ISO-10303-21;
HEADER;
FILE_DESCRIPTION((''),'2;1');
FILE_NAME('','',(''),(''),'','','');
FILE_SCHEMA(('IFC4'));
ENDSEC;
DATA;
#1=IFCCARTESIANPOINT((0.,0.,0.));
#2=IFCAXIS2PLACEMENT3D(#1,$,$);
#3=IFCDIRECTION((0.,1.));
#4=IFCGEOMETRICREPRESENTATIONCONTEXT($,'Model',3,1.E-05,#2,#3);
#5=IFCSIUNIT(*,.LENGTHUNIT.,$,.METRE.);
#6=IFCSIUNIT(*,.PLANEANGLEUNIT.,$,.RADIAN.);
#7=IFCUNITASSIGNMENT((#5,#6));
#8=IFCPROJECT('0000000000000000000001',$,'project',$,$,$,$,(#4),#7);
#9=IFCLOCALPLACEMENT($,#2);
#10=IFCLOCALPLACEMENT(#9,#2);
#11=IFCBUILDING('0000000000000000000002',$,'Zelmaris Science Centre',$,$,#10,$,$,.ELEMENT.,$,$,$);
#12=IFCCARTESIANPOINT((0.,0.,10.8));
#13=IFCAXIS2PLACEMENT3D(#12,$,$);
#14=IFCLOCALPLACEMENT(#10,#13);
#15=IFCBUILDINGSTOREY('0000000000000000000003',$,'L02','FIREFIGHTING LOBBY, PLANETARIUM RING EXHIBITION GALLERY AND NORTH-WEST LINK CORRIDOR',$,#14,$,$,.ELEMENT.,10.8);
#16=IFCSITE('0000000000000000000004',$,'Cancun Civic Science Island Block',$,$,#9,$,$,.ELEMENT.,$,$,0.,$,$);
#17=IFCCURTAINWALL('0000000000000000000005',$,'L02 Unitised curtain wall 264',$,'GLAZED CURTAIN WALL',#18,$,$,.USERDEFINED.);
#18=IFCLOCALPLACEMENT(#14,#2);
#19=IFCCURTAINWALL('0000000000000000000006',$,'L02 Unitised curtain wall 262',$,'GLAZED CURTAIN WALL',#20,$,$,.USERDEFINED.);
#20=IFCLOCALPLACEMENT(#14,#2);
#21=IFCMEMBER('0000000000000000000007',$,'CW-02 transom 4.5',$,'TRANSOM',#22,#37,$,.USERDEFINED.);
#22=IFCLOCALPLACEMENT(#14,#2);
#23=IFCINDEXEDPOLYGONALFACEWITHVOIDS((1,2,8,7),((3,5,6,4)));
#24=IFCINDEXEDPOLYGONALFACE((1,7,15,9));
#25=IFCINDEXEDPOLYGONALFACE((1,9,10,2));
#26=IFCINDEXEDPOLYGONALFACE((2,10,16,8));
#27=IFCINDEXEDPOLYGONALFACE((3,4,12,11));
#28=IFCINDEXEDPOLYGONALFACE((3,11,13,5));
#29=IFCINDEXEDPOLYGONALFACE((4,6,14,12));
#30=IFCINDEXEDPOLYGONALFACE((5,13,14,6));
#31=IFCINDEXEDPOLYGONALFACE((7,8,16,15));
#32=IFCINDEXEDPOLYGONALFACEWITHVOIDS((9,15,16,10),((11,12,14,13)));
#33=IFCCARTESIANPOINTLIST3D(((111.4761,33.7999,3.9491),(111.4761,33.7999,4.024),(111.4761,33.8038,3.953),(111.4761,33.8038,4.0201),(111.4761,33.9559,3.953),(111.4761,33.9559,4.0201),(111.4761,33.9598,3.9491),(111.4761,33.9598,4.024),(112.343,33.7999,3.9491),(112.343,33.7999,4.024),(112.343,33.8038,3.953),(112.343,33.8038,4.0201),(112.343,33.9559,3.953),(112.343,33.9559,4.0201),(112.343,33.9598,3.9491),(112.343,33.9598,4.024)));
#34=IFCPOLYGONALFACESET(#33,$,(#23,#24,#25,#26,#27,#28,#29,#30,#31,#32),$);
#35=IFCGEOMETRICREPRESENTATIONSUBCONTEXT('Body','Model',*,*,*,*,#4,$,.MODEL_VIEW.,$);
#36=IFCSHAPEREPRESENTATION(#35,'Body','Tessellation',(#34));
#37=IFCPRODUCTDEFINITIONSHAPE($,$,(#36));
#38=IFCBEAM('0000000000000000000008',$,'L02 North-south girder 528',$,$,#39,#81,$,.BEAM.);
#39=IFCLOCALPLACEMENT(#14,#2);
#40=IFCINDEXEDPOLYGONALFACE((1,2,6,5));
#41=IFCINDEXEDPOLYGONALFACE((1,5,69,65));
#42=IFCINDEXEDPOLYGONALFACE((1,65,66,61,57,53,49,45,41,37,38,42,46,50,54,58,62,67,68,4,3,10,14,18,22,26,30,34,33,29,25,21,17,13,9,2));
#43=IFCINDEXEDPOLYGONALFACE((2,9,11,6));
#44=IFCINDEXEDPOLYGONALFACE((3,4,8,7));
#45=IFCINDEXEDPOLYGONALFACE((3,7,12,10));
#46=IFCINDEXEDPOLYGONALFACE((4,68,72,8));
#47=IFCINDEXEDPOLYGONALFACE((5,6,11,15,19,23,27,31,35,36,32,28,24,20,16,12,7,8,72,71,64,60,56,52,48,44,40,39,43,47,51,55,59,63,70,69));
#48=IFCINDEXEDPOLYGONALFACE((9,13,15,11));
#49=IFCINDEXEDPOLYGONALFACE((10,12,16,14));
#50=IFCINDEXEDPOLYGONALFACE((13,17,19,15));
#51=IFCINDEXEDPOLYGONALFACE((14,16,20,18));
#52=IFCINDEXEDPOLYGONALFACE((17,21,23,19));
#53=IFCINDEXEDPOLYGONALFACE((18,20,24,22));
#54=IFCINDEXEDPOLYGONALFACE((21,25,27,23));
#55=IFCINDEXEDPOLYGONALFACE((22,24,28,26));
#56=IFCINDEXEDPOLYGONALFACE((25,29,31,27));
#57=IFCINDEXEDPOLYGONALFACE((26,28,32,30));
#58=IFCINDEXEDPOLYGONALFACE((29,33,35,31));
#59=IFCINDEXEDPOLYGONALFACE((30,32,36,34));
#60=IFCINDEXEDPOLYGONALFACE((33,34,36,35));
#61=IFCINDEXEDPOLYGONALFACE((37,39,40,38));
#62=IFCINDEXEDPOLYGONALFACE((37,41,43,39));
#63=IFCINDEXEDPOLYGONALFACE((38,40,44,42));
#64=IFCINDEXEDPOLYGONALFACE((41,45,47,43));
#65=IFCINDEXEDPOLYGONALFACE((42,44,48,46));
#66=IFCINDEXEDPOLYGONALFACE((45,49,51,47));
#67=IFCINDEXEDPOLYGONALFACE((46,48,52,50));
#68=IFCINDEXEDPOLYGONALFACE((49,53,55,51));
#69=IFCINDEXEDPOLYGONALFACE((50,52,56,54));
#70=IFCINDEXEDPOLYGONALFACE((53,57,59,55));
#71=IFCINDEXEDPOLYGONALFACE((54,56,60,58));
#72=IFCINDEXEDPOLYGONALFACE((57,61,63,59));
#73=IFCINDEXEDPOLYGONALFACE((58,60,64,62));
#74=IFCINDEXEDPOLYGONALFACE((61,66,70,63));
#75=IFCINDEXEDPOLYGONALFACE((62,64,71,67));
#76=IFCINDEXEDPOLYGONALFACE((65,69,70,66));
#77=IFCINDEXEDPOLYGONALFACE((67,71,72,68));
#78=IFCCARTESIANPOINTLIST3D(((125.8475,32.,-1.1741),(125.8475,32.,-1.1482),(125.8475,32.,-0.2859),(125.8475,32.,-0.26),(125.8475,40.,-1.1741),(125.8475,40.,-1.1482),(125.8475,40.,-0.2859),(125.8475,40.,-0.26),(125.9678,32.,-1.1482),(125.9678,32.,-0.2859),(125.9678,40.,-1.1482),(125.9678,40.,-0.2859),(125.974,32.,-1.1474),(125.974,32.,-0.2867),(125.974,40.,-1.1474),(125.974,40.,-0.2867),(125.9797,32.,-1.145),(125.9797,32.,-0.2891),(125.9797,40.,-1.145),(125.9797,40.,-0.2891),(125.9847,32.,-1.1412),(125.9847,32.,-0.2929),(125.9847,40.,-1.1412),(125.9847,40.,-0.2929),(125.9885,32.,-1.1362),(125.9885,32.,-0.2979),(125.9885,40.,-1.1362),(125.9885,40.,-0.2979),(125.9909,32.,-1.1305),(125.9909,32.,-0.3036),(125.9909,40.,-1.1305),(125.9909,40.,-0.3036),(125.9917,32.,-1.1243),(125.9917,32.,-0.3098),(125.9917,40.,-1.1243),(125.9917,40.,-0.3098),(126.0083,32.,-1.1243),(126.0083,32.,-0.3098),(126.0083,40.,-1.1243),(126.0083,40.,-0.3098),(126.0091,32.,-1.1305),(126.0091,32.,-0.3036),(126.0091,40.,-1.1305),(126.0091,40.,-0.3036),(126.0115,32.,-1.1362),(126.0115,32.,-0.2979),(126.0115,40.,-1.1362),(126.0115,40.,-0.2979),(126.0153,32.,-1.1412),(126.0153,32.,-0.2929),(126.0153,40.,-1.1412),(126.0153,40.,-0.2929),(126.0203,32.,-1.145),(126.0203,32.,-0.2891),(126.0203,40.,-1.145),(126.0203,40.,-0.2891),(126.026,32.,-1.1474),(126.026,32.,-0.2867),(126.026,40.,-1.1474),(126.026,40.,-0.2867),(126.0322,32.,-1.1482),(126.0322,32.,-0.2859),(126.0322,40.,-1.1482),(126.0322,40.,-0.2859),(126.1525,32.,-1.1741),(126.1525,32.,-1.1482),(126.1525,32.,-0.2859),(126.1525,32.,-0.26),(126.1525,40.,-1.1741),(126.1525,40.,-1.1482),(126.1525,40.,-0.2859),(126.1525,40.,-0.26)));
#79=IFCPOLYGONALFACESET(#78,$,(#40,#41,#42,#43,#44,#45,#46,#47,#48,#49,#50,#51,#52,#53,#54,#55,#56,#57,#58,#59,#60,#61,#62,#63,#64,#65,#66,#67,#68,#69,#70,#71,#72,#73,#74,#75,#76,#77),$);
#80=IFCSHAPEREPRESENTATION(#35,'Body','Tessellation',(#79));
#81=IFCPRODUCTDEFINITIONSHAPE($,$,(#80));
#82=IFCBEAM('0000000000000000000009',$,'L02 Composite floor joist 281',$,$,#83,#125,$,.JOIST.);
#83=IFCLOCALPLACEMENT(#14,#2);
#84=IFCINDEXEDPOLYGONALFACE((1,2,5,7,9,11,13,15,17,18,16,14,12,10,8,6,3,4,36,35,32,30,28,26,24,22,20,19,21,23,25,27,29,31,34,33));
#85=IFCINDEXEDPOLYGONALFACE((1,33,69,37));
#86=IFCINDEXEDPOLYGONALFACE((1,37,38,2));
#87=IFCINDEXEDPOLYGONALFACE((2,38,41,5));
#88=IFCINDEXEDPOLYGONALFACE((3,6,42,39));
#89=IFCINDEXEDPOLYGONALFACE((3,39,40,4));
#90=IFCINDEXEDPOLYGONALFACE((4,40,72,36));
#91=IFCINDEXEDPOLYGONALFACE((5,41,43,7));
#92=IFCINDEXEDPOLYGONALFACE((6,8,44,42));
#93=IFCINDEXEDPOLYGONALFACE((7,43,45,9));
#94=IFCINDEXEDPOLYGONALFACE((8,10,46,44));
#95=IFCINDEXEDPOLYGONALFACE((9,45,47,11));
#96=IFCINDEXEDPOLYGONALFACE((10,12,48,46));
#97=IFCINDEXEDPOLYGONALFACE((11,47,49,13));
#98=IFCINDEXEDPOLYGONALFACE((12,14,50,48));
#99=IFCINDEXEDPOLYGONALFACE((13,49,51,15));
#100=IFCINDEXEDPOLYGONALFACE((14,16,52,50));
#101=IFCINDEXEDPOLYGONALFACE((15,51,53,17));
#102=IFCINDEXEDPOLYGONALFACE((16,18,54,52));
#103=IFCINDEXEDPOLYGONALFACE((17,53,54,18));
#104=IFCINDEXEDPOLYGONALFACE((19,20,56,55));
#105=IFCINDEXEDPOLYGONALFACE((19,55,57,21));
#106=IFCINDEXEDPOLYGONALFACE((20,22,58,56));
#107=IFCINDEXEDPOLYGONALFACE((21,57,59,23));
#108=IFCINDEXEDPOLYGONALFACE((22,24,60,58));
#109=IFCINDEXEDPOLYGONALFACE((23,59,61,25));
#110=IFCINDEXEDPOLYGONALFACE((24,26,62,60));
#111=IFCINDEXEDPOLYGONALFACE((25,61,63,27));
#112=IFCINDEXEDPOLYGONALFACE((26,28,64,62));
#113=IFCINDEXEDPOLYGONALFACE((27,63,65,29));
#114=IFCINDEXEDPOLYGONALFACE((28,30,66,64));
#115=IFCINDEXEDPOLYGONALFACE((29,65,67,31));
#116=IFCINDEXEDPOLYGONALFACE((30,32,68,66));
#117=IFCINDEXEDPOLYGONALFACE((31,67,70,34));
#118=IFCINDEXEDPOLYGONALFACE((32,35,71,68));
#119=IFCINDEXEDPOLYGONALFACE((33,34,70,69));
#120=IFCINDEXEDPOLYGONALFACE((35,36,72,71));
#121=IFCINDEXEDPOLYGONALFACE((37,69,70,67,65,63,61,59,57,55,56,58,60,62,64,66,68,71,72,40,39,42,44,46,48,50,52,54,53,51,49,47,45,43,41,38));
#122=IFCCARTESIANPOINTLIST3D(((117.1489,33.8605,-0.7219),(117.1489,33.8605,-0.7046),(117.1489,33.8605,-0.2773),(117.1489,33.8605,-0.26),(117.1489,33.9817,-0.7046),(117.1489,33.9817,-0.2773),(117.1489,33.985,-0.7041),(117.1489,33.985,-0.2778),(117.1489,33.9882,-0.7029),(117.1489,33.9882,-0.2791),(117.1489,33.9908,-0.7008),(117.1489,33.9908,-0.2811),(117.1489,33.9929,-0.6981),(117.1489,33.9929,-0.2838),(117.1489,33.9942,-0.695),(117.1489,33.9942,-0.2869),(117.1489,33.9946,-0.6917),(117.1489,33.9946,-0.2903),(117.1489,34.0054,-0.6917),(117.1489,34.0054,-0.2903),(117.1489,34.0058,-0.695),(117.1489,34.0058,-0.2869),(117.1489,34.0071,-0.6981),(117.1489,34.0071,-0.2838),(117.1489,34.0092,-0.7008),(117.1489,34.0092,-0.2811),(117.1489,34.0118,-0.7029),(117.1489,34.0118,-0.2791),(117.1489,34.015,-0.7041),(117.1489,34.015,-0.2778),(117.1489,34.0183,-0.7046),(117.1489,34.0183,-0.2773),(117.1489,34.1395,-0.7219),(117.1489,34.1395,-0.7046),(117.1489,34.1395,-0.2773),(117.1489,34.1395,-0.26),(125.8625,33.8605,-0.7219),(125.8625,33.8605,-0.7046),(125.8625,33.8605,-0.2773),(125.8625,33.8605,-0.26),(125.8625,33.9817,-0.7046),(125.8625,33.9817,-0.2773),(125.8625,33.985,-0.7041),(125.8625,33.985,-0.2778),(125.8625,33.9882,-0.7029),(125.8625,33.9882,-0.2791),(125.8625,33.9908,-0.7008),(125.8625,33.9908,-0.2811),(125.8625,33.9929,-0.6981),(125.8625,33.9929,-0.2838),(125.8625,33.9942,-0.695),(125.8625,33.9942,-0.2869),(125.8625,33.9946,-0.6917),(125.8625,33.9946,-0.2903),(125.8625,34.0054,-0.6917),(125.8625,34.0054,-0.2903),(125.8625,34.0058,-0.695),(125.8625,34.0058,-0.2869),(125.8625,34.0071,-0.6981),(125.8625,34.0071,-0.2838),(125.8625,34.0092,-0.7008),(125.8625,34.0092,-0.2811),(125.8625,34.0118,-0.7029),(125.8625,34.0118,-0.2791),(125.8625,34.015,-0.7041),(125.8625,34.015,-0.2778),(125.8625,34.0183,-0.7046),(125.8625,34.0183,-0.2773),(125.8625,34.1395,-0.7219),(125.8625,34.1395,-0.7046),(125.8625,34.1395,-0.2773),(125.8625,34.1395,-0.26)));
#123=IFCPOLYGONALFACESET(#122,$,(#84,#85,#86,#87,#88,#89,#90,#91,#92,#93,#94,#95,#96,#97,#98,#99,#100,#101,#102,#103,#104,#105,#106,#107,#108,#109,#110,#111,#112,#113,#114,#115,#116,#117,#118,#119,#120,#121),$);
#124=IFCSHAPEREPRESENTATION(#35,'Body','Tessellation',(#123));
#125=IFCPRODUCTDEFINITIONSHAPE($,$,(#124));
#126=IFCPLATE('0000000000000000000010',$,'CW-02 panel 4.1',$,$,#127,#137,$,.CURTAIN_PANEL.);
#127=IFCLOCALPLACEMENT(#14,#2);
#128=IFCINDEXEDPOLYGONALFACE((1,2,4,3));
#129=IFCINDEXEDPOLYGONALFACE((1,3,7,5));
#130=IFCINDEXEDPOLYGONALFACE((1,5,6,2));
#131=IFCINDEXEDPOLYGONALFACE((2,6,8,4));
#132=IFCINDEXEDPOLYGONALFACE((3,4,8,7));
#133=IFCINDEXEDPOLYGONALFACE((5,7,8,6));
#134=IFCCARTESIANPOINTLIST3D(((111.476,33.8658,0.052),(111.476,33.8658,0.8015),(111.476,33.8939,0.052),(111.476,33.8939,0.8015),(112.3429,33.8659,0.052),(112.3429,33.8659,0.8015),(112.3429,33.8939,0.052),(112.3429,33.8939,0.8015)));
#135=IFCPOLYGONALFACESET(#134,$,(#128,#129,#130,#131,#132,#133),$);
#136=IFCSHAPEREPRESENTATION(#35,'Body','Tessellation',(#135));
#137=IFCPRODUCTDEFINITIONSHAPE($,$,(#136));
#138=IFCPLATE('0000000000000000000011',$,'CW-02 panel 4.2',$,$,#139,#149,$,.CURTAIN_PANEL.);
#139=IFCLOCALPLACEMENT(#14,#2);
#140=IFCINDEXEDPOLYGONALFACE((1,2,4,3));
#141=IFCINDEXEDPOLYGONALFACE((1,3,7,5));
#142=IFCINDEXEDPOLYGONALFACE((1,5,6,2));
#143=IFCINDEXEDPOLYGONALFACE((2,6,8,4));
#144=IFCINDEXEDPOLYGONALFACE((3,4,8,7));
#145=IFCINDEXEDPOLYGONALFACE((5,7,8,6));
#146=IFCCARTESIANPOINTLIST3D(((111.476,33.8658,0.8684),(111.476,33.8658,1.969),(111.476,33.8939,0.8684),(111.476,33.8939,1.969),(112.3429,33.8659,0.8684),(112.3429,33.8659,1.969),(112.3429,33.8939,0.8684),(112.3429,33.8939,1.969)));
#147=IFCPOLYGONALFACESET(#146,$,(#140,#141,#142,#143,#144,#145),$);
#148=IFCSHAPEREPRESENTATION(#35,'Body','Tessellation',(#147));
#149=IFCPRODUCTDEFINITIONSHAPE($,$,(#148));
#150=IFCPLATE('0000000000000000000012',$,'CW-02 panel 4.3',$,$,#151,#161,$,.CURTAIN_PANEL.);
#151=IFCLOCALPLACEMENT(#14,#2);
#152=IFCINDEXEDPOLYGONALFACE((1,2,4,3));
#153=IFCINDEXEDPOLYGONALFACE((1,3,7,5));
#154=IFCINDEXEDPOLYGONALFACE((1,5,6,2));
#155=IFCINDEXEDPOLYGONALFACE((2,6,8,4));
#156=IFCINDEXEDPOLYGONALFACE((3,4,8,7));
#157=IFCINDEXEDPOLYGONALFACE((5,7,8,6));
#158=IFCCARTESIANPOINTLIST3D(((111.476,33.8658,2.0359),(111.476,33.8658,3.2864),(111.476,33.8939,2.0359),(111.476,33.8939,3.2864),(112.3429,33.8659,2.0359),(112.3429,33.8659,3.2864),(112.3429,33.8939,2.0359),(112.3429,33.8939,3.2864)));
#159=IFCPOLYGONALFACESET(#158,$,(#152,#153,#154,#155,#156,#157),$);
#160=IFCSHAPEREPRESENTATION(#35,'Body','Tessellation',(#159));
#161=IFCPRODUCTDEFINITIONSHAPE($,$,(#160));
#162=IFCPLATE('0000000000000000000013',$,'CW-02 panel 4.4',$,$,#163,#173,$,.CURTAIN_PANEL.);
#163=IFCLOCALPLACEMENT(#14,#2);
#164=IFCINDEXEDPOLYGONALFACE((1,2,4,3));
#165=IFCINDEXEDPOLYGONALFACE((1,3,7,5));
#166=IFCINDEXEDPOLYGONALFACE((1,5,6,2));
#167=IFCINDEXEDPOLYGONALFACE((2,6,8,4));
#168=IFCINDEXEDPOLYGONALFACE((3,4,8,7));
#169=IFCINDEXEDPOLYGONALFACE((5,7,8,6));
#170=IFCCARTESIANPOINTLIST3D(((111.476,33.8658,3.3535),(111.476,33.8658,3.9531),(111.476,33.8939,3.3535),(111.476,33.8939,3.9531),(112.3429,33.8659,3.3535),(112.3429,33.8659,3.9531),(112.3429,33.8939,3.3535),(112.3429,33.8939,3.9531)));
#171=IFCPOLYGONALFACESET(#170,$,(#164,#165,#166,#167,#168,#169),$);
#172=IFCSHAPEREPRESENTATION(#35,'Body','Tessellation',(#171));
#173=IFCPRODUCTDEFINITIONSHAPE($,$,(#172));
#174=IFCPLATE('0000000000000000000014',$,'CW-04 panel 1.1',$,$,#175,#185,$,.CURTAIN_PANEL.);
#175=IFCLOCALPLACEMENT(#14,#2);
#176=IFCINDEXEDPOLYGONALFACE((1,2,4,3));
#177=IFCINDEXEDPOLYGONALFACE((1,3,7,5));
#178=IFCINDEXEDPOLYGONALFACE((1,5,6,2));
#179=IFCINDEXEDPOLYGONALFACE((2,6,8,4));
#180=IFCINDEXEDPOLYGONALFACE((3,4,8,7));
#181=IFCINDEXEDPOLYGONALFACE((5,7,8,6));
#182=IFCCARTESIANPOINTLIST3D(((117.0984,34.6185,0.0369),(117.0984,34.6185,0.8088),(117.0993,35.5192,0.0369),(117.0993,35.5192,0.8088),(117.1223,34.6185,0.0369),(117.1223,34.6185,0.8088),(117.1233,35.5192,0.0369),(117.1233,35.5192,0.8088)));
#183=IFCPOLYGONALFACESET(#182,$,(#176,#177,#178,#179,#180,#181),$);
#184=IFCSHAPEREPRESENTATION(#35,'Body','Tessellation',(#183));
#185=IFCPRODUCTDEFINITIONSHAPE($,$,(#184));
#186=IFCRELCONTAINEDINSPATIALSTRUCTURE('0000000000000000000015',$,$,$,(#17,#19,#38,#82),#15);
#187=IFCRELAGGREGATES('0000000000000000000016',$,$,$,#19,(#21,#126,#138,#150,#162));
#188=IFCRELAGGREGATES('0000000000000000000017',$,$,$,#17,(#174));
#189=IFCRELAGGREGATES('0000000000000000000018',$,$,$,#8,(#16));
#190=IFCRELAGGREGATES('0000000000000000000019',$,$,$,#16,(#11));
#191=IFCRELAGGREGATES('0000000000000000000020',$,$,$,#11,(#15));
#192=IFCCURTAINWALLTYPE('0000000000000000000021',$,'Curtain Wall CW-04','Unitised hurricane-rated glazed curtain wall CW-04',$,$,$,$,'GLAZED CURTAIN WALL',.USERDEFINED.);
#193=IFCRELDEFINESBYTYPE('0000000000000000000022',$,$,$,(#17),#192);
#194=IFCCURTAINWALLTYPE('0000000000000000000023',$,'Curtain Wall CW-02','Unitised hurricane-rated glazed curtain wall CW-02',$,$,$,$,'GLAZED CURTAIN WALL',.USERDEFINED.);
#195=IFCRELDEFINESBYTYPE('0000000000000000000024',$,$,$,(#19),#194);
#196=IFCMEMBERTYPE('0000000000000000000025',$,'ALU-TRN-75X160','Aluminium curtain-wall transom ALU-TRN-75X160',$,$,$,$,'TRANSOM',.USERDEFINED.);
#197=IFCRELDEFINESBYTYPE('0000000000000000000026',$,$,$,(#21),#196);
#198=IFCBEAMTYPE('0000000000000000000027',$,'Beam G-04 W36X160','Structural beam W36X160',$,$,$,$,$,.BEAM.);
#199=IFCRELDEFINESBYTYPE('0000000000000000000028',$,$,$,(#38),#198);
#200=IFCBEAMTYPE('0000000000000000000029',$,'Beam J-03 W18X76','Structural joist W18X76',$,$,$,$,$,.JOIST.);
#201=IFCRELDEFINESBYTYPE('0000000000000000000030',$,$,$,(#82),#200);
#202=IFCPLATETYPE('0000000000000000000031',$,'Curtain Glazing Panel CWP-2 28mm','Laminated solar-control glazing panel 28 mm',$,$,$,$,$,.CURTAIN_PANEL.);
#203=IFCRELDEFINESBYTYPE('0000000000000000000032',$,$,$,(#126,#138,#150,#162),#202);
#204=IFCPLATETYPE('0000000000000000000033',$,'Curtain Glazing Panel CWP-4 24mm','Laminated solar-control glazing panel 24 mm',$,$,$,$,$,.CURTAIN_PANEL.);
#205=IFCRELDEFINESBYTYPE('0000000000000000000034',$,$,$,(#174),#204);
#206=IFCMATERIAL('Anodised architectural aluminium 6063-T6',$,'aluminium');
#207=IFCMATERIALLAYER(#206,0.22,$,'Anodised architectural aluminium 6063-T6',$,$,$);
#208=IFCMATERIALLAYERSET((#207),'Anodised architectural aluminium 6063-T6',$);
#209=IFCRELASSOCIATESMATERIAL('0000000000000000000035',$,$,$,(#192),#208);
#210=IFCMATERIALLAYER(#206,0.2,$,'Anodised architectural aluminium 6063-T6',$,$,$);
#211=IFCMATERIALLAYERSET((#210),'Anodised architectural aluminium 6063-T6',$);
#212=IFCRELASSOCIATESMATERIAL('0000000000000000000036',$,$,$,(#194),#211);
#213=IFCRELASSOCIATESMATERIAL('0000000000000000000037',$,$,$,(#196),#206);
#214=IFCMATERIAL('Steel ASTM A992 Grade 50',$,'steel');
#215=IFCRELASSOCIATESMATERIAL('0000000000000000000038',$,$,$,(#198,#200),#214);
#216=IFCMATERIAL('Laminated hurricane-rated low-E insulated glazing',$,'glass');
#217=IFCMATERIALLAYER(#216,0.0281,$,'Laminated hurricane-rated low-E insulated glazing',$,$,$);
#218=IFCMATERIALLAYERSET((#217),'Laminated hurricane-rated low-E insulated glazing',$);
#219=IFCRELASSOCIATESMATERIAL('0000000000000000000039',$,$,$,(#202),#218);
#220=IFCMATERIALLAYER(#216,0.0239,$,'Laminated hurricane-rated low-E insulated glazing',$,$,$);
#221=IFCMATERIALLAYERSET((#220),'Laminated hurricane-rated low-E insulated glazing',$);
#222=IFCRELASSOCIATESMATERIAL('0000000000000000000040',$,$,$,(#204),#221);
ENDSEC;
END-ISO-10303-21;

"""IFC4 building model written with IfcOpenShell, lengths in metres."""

from ifc_helpers import new_model, si_unit, direction, frame, origin, origin_2d, place, context, subcontext, project, spatial, rectangle, hollow_rectangle, i_section, extrude, material, layer, layer_set, material_profile, profile_set, type_object, element, aggregate, save


model = new_model("IFC4")

# Units and contexts
model_context = context("Model", 3, precision=1e-05, world=origin(), true_north=direction((0.0, 1.0)))
body_context = subcontext(model_context, "Body", "Model", "MODEL_VIEW")
ifc_project = project(units=[si_unit("LENGTHUNIT", "METRE"), si_unit("PLANEANGLEUNIT", "RADIAN")], contexts=[model_context])

# Site, building, storey
site_placement = place(None, origin())
site = spatial("IfcSite", under=ifc_project, at=site_placement, Name="Cancun Civic Science Island Block", CompositionType="ELEMENT", RefElevation=0.0)
building_placement = place(site_placement, origin())
building = spatial("IfcBuilding", under=site, at=building_placement, Name="Zelmaris Science Centre", CompositionType="ELEMENT")
storey_placement = place(building_placement, frame((0.0, 0.0, 10.8)))
storey = spatial("IfcBuildingStorey", under=building, at=storey_placement, Name="L02", Description="FIREFIGHTING LOBBY, PLANETARIUM RING EXHIBITION GALLERY AND NORTH-WEST LINK CORRIDOR", CompositionType="ELEMENT", Elevation=10.8)

# Shared definitions
ifc_material_1 = material(Name="Steel ASTM A992 Grade 50", Category="steel")

# Curtain walls
ifc_material_2 = material(Name="Anodised architectural aluminium 6063-T6", Category="aluminium")
ifc_layer_1 = layer(ifc_material_2, 0.22, Name="Anodised architectural aluminium 6063-T6")
ifc_layer_set_1 = layer_set([ifc_layer_1], Name="Anodised architectural aluminium 6063-T6")
curtain_wall_type_1 = type_object("IfcCurtainWallType", Name="Curtain Wall CW-04", Description="Unitised hurricane-rated glazed curtain wall CW-04", ElementType="GLAZED CURTAIN WALL", PredefinedType="USERDEFINED", material=ifc_layer_set_1)
curtain_wall_1_placement = place(storey_placement, origin())
curtain_wall_1 = element("IfcCurtainWall", 1, at=curtain_wall_1_placement, inside=storey, type_object=curtain_wall_type_1, Name="L02 Unitised curtain wall 264", ObjectType="GLAZED CURTAIN WALL", PredefinedType="USERDEFINED")
ifc_layer_2 = layer(ifc_material_2, 0.2, Name="Anodised architectural aluminium 6063-T6")
ifc_layer_set_2 = layer_set([ifc_layer_2], Name="Anodised architectural aluminium 6063-T6")
curtain_wall_type_2 = type_object("IfcCurtainWallType", Name="Curtain Wall CW-02", Description="Unitised hurricane-rated glazed curtain wall CW-02", ElementType="GLAZED CURTAIN WALL", PredefinedType="USERDEFINED", material=ifc_layer_set_2)
curtain_wall_2_placement = place(storey_placement, origin())
curtain_wall_2 = element("IfcCurtainWall", 2, at=curtain_wall_2_placement, inside=storey, type_object=curtain_wall_type_2, Name="L02 Unitised curtain wall 262", ObjectType="GLAZED CURTAIN WALL", PredefinedType="USERDEFINED")

# Member
ifc_material_profile_1 = material_profile(ifc_material_2, hollow_rectangle(XDim=0.075, YDim=0.1599, WallThickness=0.0039, at=origin_2d()), Name="ALU-TRN-75X160")
ifc_profile_set_1 = profile_set([ifc_material_profile_1], Name="Anodised architectural aluminium 6063-T6")
member_type_1 = type_object("IfcMemberType", Name="ALU-TRN-75X160", Description="Aluminium curtain-wall transom ALU-TRN-75X160", ElementType="TRANSOM", PredefinedType="USERDEFINED", material=ifc_profile_set_1)
member_1_placement = place(storey_placement, frame((111.4761, 33.8799, 3.9866), z_axis=(1.0, 0.0, 0.0), x_axis=(0.0, 0.0, 1.0)))
member_1 = element("IfcMember", 3, at=member_1_placement, type_object=member_type_1, Name="CW-02 transom 4.5", ObjectType="TRANSOM", PredefinedType="USERDEFINED", context=body_context, shape_type="SweptSolid", body=[
    extrude(hollow_rectangle(XDim=0.075, YDim=0.1599, WallThickness=0.0039, at=origin_2d()), origin(), (0.0, 0.0, 1.0), 0.8669),
])

# Beams
ifc_material_profile_2 = material_profile(ifc_material_1, i_section(OverallWidth=0.3049, OverallDepth=0.9141, WebThickness=0.0166, FlangeThickness=0.0259, FilletRadius=0.0239, at=origin_2d()), Name="W36X160")
ifc_profile_set_2 = profile_set([ifc_material_profile_2], Name="Steel ASTM A992 Grade 50")
beam_type_1 = type_object("IfcBeamType", Name="Beam G-04 W36X160", Description="Structural beam W36X160", PredefinedType="BEAM", material=ifc_profile_set_2)
beam_1_placement = place(storey_placement, frame((126.0, 32.0, -0.717), z_axis=(0.0, 1.0, 0.0), x_axis=(-1.0, 0.0, 0.0)))
element("IfcBeam", 4, at=beam_1_placement, inside=storey, type_object=beam_type_1, Name="L02 North-south girder 528", PredefinedType="BEAM", context=body_context, shape_type="SweptSolid", body=[
    extrude(i_section(OverallWidth=0.3049, OverallDepth=0.9141, WebThickness=0.0166, FlangeThickness=0.0259, FilletRadius=0.0239, at=origin_2d()), origin(), (0.0, 0.0, 1.0), 8.0),
])
ifc_material_profile_3 = material_profile(ifc_material_1, i_section(OverallWidth=0.2791, OverallDepth=0.4619, WebThickness=0.0107, FlangeThickness=0.0173, FilletRadius=0.0129, at=origin_2d()), Name="W18X76")
ifc_profile_set_3 = profile_set([ifc_material_profile_3], Name="Steel ASTM A992 Grade 50")
beam_type_2 = type_object("IfcBeamType", Name="Beam J-03 W18X76", Description="Structural joist W18X76", PredefinedType="JOIST", material=ifc_profile_set_3)
beam_2_placement = place(storey_placement, frame((117.1489, 34.0, -0.491), z_axis=(1.0, 0.0, 0.0), x_axis=(0.0, 1.0, 0.0)))
element("IfcBeam", 5, at=beam_2_placement, inside=storey, type_object=beam_type_2, Name="L02 Composite floor joist 281", PredefinedType="JOIST", context=body_context, shape_type="SweptSolid", body=[
    extrude(i_section(OverallWidth=0.2791, OverallDepth=0.4619, WebThickness=0.0107, FlangeThickness=0.0173, FilletRadius=0.0129, at=origin_2d()), origin(), (0.0, 0.0, 1.0), 8.7136),
])

# Plates
ifc_material_3 = material(Name="Laminated hurricane-rated low-E insulated glazing", Category="glass")
ifc_layer_3 = layer(ifc_material_3, 0.0281, Name="Laminated hurricane-rated low-E insulated glazing")
ifc_layer_set_3 = layer_set([ifc_layer_3], Name="Laminated hurricane-rated low-E insulated glazing")
plate_type_1 = type_object("IfcPlateType", Name="Curtain Glazing Panel CWP-2 28mm", Description="Laminated solar-control glazing panel 28 mm", PredefinedType="CURTAIN_PANEL", material=ifc_layer_set_3)
plate_1_placement = place(storey_placement, frame((111.9094, 33.8799, 0.052), z_axis=(0.0, 0.0, 1.0), x_axis=(1.0, 0.000026, 0.0)))
plate_1 = element("IfcPlate", 6, at=plate_1_placement, type_object=plate_type_1, Name="CW-02 panel 4.1", PredefinedType="CURTAIN_PANEL", context=body_context, shape_type="SweptSolid", body=[
    extrude(rectangle(XDim=0.8669, YDim=0.0281, at=origin_2d()), origin(), (0.0, 0.0, 1.0), 0.7495),
])
plate_2_placement = place(storey_placement, frame((111.9094, 33.8799, 0.8684), z_axis=(0.0, 0.0, 1.0), x_axis=(1.0, 0.000026, 0.0)))
plate_2 = element("IfcPlate", 7, at=plate_2_placement, type_object=plate_type_1, Name="CW-02 panel 4.2", PredefinedType="CURTAIN_PANEL", context=body_context, shape_type="SweptSolid", body=[
    extrude(rectangle(XDim=0.8669, YDim=0.0281, at=origin_2d()), origin(), (0.0, 0.0, 1.0), 1.1006),
])
plate_3_placement = place(storey_placement, frame((111.9094, 33.8799, 2.0359), z_axis=(0.0, 0.0, 1.0), x_axis=(1.0, 0.000026, 0.0)))
plate_3 = element("IfcPlate", 8, at=plate_3_placement, type_object=plate_type_1, Name="CW-02 panel 4.3", PredefinedType="CURTAIN_PANEL", context=body_context, shape_type="SweptSolid", body=[
    extrude(rectangle(XDim=0.8669, YDim=0.0281, at=origin_2d()), origin(), (0.0, 0.0, 1.0), 1.2505),
])
plate_4_placement = place(storey_placement, frame((111.9094, 33.8799, 3.3535), z_axis=(0.0, 0.0, 1.0), x_axis=(1.0, 0.000026, 0.0)))
plate_4 = element("IfcPlate", 9, at=plate_4_placement, type_object=plate_type_1, Name="CW-02 panel 4.4", PredefinedType="CURTAIN_PANEL", context=body_context, shape_type="SweptSolid", body=[
    extrude(rectangle(XDim=0.8669, YDim=0.0281, at=origin_2d()), origin(), (0.0, 0.0, 1.0), 0.5996),
])
aggregate(curtain_wall_2, [member_1, plate_1, plate_2, plate_3, plate_4])
ifc_layer_4 = layer(ifc_material_3, 0.0239, Name="Laminated hurricane-rated low-E insulated glazing")
ifc_layer_set_4 = layer_set([ifc_layer_4], Name="Laminated hurricane-rated low-E insulated glazing")
plate_type_2 = type_object("IfcPlateType", Name="Curtain Glazing Panel CWP-4 24mm", Description="Laminated solar-control glazing panel 24 mm", PredefinedType="CURTAIN_PANEL", material=ifc_layer_set_4)
plate_5_placement = place(storey_placement, frame((117.1108, 35.0688, 0.0369), z_axis=(0.0, 0.0, 1.0), x_axis=(0.001022, 0.999999, 0.0)))
plate_5 = element("IfcPlate", 10, at=plate_5_placement, type_object=plate_type_2, Name="CW-04 panel 1.1", PredefinedType="CURTAIN_PANEL", context=body_context, shape_type="SweptSolid", body=[
    extrude(rectangle(XDim=0.9006, YDim=0.0239, at=origin_2d()), origin(), (0.0, 0.0, 1.0), 0.772),
])
aggregate(curtain_wall_1, [plate_5])

save(model, "model.ifc")
